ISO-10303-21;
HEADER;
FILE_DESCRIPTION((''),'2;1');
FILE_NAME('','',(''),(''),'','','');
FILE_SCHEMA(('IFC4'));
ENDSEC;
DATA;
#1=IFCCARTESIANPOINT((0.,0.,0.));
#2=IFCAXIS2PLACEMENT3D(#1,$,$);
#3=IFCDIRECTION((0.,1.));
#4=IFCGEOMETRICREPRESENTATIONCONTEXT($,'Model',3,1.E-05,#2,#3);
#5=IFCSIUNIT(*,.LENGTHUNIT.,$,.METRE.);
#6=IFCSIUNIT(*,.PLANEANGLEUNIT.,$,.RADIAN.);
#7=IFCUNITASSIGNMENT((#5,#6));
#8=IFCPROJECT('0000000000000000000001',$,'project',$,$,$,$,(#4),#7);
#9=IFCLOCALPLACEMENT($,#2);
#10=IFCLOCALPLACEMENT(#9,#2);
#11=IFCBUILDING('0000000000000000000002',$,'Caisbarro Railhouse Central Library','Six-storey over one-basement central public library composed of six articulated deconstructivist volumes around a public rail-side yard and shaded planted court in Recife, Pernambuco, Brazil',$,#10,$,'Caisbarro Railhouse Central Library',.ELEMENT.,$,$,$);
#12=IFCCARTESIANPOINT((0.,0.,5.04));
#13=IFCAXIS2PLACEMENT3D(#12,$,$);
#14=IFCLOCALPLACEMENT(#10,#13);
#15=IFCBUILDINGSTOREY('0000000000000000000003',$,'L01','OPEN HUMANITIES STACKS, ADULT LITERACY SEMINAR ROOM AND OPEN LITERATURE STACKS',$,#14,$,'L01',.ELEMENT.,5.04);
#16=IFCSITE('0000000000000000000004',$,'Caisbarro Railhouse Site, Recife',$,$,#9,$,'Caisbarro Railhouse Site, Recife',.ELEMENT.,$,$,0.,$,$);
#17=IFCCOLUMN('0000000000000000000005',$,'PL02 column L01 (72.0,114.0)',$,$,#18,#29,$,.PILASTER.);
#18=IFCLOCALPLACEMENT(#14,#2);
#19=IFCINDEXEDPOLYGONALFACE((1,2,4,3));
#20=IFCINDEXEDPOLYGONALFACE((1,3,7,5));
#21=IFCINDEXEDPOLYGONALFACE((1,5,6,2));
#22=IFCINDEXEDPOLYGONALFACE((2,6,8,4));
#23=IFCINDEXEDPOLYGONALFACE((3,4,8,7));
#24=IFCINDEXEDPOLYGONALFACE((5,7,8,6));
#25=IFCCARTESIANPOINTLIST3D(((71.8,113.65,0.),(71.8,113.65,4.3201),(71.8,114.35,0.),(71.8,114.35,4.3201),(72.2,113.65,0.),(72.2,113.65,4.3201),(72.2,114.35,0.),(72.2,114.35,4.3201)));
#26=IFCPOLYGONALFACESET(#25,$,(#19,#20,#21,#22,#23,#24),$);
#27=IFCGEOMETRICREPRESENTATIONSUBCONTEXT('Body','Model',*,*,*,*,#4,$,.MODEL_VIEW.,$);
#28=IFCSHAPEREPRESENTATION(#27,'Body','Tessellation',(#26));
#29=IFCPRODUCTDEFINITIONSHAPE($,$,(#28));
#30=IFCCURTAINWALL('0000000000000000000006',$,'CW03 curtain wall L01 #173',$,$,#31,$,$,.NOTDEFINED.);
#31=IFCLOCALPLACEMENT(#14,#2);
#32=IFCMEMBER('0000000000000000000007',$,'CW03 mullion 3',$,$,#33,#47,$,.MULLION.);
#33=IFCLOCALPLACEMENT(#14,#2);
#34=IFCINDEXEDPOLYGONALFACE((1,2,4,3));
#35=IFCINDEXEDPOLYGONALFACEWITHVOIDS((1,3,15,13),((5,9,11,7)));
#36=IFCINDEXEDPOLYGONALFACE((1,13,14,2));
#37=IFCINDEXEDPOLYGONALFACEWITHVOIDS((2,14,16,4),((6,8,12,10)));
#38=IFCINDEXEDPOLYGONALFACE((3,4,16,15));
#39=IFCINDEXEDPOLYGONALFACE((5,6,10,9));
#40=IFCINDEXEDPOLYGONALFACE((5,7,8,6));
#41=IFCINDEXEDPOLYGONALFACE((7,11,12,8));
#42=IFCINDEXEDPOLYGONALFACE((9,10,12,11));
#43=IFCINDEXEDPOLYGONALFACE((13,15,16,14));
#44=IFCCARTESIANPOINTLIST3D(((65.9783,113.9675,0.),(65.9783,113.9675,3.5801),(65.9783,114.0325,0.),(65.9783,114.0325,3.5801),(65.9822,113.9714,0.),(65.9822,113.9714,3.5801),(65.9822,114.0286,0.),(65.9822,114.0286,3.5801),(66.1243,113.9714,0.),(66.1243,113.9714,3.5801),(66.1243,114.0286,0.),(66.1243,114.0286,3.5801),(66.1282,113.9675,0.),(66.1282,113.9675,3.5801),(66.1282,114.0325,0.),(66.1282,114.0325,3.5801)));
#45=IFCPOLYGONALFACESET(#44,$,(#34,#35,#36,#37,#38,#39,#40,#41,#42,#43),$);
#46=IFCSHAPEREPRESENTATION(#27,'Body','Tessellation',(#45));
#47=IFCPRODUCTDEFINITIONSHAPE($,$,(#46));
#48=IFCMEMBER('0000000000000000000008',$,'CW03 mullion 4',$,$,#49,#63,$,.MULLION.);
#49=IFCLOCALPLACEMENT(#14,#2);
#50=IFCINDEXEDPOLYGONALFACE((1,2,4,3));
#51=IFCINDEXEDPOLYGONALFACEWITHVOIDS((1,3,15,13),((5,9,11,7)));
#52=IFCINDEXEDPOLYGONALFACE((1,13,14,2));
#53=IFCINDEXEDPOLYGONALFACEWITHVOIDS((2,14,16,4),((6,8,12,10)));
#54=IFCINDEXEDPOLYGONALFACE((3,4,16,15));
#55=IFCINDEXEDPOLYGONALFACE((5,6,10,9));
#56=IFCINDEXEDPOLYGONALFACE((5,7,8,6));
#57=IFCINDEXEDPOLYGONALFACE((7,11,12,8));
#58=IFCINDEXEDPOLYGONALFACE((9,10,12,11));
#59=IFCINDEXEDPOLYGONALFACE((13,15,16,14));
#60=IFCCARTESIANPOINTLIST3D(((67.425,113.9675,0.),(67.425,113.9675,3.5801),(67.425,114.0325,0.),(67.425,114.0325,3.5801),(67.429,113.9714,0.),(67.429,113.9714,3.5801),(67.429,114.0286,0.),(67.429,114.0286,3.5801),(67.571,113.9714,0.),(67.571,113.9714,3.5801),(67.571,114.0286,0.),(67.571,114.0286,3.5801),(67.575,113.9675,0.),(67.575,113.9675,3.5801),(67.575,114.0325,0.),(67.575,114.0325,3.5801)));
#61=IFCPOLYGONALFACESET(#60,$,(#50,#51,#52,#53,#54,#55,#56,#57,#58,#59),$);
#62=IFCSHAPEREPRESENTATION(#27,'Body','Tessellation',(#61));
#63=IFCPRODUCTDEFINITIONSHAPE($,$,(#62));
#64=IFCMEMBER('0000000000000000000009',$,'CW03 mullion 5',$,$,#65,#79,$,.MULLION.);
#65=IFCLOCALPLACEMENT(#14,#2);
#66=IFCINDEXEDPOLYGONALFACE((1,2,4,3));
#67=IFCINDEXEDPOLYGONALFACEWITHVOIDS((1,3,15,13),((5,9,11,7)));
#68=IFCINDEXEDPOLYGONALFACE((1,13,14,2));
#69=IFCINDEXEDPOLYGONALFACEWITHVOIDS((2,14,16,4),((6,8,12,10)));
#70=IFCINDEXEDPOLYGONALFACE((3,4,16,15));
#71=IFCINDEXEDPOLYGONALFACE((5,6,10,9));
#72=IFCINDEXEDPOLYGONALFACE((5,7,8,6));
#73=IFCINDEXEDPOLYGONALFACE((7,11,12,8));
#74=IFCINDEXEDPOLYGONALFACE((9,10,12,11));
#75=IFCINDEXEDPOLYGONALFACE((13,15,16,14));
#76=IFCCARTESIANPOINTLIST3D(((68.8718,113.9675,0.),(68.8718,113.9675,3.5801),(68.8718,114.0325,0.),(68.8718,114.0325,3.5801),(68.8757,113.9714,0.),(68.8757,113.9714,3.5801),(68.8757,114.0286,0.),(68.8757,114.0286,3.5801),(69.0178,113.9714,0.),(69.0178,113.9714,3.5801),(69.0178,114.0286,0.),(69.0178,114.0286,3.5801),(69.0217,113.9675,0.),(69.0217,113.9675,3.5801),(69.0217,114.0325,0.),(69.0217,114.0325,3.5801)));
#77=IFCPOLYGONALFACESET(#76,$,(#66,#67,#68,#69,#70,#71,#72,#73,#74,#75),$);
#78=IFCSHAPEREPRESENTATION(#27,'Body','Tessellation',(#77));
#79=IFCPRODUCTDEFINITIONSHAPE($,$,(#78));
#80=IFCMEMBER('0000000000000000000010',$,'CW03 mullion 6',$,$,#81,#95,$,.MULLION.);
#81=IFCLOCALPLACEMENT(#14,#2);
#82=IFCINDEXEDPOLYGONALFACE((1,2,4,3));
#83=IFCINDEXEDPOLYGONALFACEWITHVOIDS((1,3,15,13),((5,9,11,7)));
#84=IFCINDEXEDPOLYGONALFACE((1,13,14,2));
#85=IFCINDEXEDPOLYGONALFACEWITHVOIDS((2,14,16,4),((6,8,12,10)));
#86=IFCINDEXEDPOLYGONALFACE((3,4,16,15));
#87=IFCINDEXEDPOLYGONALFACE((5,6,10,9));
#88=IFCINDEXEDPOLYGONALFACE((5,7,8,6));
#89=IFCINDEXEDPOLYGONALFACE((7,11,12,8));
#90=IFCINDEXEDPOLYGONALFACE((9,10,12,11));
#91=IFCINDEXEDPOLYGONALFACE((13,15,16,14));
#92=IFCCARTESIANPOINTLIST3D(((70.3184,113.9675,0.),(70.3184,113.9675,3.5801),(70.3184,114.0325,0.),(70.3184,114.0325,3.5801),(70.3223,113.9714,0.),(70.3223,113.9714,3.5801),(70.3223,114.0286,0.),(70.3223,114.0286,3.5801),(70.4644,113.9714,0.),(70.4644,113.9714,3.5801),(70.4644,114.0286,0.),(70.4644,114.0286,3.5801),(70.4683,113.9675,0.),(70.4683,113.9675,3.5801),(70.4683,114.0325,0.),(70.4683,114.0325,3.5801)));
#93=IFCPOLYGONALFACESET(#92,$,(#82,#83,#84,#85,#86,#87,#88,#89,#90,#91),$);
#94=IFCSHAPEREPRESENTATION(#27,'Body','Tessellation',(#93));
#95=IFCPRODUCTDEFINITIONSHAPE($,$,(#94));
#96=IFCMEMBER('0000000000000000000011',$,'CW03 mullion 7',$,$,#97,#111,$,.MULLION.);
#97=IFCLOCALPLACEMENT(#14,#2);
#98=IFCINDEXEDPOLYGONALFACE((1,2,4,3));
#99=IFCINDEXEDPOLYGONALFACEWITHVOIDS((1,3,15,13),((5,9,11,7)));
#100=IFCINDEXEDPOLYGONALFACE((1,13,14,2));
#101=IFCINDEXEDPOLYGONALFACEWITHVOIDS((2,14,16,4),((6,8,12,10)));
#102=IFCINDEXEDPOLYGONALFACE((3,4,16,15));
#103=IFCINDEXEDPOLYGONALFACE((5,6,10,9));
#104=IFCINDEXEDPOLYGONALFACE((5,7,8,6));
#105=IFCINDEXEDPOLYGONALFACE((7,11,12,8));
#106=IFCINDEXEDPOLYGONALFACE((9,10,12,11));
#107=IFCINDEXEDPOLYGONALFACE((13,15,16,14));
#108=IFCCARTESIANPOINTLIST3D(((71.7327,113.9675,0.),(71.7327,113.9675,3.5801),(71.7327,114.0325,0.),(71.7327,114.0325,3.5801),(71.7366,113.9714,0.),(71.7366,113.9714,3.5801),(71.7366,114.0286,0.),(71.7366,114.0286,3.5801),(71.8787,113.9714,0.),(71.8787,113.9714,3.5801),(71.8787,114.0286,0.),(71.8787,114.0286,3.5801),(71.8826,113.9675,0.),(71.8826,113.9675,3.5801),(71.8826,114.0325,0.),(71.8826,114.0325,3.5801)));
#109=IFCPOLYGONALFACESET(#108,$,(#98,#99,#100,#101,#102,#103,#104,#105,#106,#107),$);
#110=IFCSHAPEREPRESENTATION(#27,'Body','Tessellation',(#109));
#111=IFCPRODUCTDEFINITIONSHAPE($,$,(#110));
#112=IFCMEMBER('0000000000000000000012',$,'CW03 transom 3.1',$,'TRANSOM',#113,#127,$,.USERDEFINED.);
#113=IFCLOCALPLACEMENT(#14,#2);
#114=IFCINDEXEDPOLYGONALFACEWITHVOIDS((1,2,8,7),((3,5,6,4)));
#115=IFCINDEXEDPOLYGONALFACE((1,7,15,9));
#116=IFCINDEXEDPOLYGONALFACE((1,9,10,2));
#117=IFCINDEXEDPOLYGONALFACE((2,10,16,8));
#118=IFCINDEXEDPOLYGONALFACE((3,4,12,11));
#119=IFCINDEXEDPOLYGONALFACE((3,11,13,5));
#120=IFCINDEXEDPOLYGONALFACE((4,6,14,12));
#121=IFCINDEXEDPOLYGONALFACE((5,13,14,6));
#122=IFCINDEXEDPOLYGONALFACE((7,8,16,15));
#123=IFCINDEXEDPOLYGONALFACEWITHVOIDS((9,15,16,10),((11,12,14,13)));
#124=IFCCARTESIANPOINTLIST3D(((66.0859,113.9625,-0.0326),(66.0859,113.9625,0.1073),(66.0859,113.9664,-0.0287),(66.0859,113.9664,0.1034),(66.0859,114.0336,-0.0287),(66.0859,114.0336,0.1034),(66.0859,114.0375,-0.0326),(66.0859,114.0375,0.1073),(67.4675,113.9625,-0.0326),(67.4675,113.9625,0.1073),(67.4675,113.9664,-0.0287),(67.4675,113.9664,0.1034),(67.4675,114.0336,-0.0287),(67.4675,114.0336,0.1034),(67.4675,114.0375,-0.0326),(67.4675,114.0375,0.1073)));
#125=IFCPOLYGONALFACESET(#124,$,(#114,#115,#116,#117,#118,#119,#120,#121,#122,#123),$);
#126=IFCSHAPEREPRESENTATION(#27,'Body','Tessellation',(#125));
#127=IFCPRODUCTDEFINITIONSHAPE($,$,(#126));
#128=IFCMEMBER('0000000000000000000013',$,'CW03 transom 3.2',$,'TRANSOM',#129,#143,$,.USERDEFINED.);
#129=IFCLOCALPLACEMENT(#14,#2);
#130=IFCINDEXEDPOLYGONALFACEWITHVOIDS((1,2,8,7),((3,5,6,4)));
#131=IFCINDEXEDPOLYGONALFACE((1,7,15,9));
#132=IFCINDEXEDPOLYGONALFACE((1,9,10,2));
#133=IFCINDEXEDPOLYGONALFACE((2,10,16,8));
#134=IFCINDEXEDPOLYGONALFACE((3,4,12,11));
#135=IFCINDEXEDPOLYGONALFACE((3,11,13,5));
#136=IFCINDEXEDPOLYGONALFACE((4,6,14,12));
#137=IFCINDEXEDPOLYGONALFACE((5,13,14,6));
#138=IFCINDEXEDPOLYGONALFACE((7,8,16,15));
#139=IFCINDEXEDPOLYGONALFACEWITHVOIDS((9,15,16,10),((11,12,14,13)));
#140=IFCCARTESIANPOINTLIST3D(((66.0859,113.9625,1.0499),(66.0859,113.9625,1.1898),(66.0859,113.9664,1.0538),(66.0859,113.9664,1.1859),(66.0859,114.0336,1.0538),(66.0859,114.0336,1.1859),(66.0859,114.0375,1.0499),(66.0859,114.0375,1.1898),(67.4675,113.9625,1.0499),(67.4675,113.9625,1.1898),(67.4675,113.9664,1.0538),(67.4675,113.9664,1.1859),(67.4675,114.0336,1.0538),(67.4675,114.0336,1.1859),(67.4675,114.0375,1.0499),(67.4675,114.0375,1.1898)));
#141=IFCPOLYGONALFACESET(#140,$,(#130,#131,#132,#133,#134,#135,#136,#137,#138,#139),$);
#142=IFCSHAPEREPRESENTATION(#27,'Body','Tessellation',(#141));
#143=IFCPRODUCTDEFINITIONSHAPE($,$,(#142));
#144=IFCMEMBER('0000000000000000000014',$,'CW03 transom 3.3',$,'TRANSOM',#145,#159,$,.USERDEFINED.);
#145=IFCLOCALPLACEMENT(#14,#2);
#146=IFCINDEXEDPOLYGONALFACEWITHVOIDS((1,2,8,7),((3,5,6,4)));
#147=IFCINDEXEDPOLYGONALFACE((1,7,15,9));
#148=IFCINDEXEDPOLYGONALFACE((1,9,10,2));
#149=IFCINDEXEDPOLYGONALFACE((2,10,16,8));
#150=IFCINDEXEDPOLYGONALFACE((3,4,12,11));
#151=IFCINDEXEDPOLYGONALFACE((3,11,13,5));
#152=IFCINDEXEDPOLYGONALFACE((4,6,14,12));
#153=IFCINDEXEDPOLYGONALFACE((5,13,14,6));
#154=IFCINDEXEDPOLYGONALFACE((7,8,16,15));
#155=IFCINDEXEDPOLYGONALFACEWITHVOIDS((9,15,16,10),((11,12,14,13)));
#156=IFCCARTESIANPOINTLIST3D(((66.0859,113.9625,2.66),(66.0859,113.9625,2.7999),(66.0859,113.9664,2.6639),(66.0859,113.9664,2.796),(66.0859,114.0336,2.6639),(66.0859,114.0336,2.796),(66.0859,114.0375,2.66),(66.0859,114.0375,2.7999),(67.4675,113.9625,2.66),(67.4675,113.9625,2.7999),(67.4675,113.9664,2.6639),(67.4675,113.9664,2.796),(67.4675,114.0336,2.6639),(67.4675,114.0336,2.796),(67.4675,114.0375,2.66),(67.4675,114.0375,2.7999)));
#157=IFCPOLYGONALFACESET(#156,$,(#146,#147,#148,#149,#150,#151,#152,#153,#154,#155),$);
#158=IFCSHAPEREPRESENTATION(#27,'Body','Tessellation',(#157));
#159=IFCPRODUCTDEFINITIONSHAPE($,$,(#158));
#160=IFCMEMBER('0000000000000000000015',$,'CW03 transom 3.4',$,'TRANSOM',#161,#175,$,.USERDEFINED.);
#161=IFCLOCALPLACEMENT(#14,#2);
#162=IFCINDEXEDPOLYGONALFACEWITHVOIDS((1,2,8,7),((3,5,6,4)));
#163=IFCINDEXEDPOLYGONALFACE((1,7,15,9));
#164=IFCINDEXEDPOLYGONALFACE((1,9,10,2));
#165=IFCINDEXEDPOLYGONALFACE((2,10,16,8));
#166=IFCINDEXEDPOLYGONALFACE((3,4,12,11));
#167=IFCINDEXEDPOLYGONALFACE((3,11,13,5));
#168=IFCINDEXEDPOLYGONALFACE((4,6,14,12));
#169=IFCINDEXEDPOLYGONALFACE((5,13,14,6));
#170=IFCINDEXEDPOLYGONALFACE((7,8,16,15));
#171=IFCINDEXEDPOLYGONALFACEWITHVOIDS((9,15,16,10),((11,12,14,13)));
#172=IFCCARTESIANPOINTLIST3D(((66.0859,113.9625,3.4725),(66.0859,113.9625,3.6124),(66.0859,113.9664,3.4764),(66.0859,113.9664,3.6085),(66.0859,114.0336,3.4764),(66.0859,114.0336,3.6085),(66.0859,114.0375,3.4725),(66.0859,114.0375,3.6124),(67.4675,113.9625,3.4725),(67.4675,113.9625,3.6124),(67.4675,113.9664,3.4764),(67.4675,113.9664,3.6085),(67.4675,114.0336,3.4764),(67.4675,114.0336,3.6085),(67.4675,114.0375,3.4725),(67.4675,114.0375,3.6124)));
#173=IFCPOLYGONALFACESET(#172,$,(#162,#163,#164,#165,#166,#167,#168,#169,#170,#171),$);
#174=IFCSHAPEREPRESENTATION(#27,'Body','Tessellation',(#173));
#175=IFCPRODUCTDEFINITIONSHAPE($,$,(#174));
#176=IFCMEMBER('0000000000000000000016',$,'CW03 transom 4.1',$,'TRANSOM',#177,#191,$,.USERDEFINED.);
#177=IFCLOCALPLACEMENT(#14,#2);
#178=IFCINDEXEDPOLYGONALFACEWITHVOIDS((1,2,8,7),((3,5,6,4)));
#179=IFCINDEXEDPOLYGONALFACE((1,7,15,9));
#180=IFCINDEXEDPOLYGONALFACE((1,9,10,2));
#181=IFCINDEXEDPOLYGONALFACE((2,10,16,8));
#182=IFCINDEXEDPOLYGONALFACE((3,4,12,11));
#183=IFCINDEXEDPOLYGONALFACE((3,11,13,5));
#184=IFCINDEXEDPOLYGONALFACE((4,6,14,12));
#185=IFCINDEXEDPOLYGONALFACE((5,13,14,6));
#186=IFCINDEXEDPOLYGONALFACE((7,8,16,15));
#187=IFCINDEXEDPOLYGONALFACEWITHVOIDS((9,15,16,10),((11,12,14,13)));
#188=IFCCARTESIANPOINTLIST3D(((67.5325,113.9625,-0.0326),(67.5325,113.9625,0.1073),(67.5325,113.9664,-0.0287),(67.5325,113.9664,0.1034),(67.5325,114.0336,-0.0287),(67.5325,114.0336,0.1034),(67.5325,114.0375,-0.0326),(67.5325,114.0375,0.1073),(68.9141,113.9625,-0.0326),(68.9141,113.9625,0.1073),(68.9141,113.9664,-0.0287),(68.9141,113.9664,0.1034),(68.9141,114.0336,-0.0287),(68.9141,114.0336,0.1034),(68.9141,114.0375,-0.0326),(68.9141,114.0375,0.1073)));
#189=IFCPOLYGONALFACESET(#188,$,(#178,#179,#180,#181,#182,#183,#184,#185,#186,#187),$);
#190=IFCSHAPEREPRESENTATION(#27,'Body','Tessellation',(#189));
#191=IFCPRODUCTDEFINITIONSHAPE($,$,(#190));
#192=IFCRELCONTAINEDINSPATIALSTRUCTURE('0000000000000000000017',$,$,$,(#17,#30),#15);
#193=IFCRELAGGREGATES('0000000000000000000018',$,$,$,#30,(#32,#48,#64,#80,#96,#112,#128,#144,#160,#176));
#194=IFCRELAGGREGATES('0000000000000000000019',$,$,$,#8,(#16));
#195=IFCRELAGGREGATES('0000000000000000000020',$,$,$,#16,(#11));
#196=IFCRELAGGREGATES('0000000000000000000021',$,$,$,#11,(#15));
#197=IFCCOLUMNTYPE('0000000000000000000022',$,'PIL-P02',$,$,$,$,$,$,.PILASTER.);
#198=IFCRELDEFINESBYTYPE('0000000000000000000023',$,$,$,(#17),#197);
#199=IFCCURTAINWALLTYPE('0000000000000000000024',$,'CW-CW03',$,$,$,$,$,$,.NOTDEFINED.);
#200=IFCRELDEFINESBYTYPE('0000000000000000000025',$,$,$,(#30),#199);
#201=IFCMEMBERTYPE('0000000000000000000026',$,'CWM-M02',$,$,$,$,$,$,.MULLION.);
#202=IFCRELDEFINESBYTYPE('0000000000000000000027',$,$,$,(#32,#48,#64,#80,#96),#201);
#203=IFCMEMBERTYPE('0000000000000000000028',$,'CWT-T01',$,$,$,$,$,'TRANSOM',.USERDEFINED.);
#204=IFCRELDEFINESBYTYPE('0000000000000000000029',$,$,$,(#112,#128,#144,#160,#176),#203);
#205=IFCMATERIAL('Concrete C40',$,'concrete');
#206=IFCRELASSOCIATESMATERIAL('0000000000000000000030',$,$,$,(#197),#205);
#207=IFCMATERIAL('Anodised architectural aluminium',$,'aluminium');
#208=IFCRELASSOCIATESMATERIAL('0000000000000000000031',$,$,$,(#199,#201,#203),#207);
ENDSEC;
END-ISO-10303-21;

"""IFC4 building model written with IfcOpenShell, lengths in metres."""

from ifc_helpers import new_model, si_unit, direction, frame, origin, origin_2d, place, context, subcontext, project, spatial, rectangle, hollow_rectangle, extrude, material, material_profile, profile_set, type_object, element, aggregate, save


model = new_model("IFC4")

# Units and contexts
model_context = context("Model", 3, precision=1e-05, world=origin(), true_north=direction((0.0, 1.0)))
body_context = subcontext(model_context, "Body", "Model", "MODEL_VIEW")
ifc_project = project(units=[si_unit("LENGTHUNIT", "METRE"), si_unit("PLANEANGLEUNIT", "RADIAN")], contexts=[model_context])

# Site, building, storey
site_placement = place(None, origin())
site = spatial("IfcSite", under=ifc_project, at=site_placement, Name="Caisbarro Railhouse Site, Recife", LongName="Caisbarro Railhouse Site, Recife", CompositionType="ELEMENT", RefElevation=0.0)
building_placement = place(site_placement, origin())
building = spatial("IfcBuilding", under=site, at=building_placement, Name="Caisbarro Railhouse Central Library", Description="Six-storey over one-basement central public library composed of six articulated deconstructivist volumes around a public rail-side yard and shaded planted court in Recife, Pernambuco, Brazil", LongName="Caisbarro Railhouse Central Library", CompositionType="ELEMENT")
storey_placement = place(building_placement, frame((0.0, 0.0, 5.04)))
storey = spatial("IfcBuildingStorey", under=building, at=storey_placement, Name="L01", Description="OPEN HUMANITIES STACKS, ADULT LITERACY SEMINAR ROOM AND OPEN LITERATURE STACKS", LongName="L01", CompositionType="ELEMENT", Elevation=5.04)

# Column
ifc_material_1 = material(Name="Concrete C40", Category="concrete")
ifc_material_profile_1 = material_profile(ifc_material_1, rectangle(XDim=0.3999, YDim=0.7, at=origin_2d()), Name="RC-PIL-400X700")
ifc_profile_set_1 = profile_set([ifc_material_profile_1], Name="Concrete C40")
column_type = type_object("IfcColumnType", Name="PIL-P02", PredefinedType="PILASTER", material=ifc_profile_set_1)
column_placement = place(storey_placement, frame((72.0, 114.0, 0.0), z_axis=(0.0, 0.0, 1.0), x_axis=(1.0, 0.0, 0.0)))
element("IfcColumn", 1, at=column_placement, inside=storey, type_object=column_type, Name="PL02 column L01 (72.0,114.0)", PredefinedType="PILASTER", context=body_context, shape_type="SweptSolid", body=[
    extrude(rectangle(XDim=0.3999, YDim=0.7, at=origin_2d()), origin(), (0.0, 0.0, 1.0), 4.3201),
])

# Curtain wall, members
ifc_material_2 = material(Name="Anodised architectural aluminium", Category="aluminium")
curtain_wall_type = type_object("IfcCurtainWallType", Name="CW-CW03", PredefinedType="NOTDEFINED", material=ifc_material_2)
curtain_wall_placement = place(storey_placement, origin())
curtain_wall = element("IfcCurtainWall", 2, at=curtain_wall_placement, inside=storey, type_object=curtain_wall_type, Name="CW03 curtain wall L01 #173", PredefinedType="NOTDEFINED")
ifc_material_profile_2 = material_profile(ifc_material_2, hollow_rectangle(XDim=0.0649, YDim=0.1499, WallThickness=0.0039, at=origin_2d()), Name="ALU-MUL-65X150")
ifc_profile_set_2 = profile_set([ifc_material_profile_2], Name="Anodised architectural aluminium")
member_type_1 = type_object("IfcMemberType", Name="CWM-M02", PredefinedType="MULLION", material=ifc_profile_set_2)
member_1_placement = place(storey_placement, frame((66.0532, 114.0, 0.0), z_axis=(0.0, 0.0, 1.0), x_axis=(0.0, 1.0, 0.0)))
member_1 = element("IfcMember", 3, at=member_1_placement, type_object=member_type_1, Name="CW03 mullion 3", PredefinedType="MULLION", context=body_context, shape_type="SweptSolid", body=[
    extrude(hollow_rectangle(XDim=0.0649, YDim=0.1499, WallThickness=0.0039, at=origin_2d()), origin(), (0.0, 0.0, 1.0), 3.5801),
])
member_2_placement = place(storey_placement, frame((67.5, 114.0, 0.0), z_axis=(0.0, 0.0, 1.0), x_axis=(0.0, 1.0, 0.0)))
member_2 = element("IfcMember", 4, at=member_2_placement, type_object=member_type_1, Name="CW03 mullion 4", PredefinedType="MULLION", context=body_context, shape_type="SweptSolid", body=[
    extrude(hollow_rectangle(XDim=0.0649, YDim=0.1499, WallThickness=0.0039, at=origin_2d()), origin(), (0.0, 0.0, 1.0), 3.5801),
])
member_3_placement = place(storey_placement, frame((68.9468, 114.0, 0.0), z_axis=(0.0, 0.0, 1.0), x_axis=(0.0, 1.0, 0.0)))
member_3 = element("IfcMember", 5, at=member_3_placement, type_object=member_type_1, Name="CW03 mullion 5", PredefinedType="MULLION", context=body_context, shape_type="SweptSolid", body=[
    extrude(hollow_rectangle(XDim=0.0649, YDim=0.1499, WallThickness=0.0039, at=origin_2d()), origin(), (0.0, 0.0, 1.0), 3.5801),
])
member_4_placement = place(storey_placement, frame((70.3933, 114.0, 0.0), z_axis=(0.0, 0.0, 1.0), x_axis=(0.0, 1.0, 0.0)))
member_4 = element("IfcMember", 6, at=member_4_placement, type_object=member_type_1, Name="CW03 mullion 6", PredefinedType="MULLION", context=body_context, shape_type="SweptSolid", body=[
    extrude(hollow_rectangle(XDim=0.0649, YDim=0.1499, WallThickness=0.0039, at=origin_2d()), origin(), (0.0, 0.0, 1.0), 3.5801),
])
member_5_placement = place(storey_placement, frame((71.8076, 114.0, 0.0), z_axis=(0.0, 0.0, 1.0), x_axis=(0.0, 1.0, 0.0)))
member_5 = element("IfcMember", 7, at=member_5_placement, type_object=member_type_1, Name="CW03 mullion 7", PredefinedType="MULLION", context=body_context, shape_type="SweptSolid", body=[
    extrude(hollow_rectangle(XDim=0.0649, YDim=0.1499, WallThickness=0.0039, at=origin_2d()), origin(), (0.0, 0.0, 1.0), 3.5801),
])
ifc_material_profile_3 = material_profile(ifc_material_2, hollow_rectangle(XDim=0.075, YDim=0.1399, WallThickness=0.0039, at=origin_2d()), Name="ALU-TRN-75X140")
ifc_profile_set_3 = profile_set([ifc_material_profile_3], Name="Anodised architectural aluminium")
member_type_2 = type_object("IfcMemberType", Name="CWT-T01", ElementType="TRANSOM", PredefinedType="USERDEFINED", material=ifc_profile_set_3)
member_6_placement = place(storey_placement, frame((66.0859, 114.0, 0.0374), z_axis=(1.0, 0.0, 0.0), x_axis=(0.0, 1.0, 0.0)))
member_6 = element("IfcMember", 8, at=member_6_placement, type_object=member_type_2, Name="CW03 transom 3.1", ObjectType="TRANSOM", PredefinedType="USERDEFINED", context=body_context, shape_type="SweptSolid", body=[
    extrude(hollow_rectangle(XDim=0.075, YDim=0.1399, WallThickness=0.0039, at=origin_2d()), origin(), (0.0, 0.0, 1.0), 1.3816),
])
member_7_placement = place(storey_placement, frame((66.0859, 114.0, 1.1199), z_axis=(1.0, 0.0, 0.0), x_axis=(0.0, 1.0, 0.0)))
member_7 = element("IfcMember", 9, at=member_7_placement, type_object=member_type_2, Name="CW03 transom 3.2", ObjectType="TRANSOM", PredefinedType="USERDEFINED", context=body_context, shape_type="SweptSolid", body=[
    extrude(hollow_rectangle(XDim=0.075, YDim=0.1399, WallThickness=0.0039, at=origin_2d()), origin(), (0.0, 0.0, 1.0), 1.3816),
])
member_8_placement = place(storey_placement, frame((66.0859, 114.0, 2.73), z_axis=(1.0, 0.0, 0.0), x_axis=(0.0, 1.0, 0.0)))
member_8 = element("IfcMember", 10, at=member_8_placement, type_object=member_type_2, Name="CW03 transom 3.3", ObjectType="TRANSOM", PredefinedType="USERDEFINED", context=body_context, shape_type="SweptSolid", body=[
    extrude(hollow_rectangle(XDim=0.075, YDim=0.1399, WallThickness=0.0039, at=origin_2d()), origin(), (0.0, 0.0, 1.0), 1.3816),
])
member_9_placement = place(storey_placement, frame((66.0859, 114.0, 3.5425), z_axis=(1.0, 0.0, 0.0), x_axis=(0.0, 1.0, 0.0)))
member_9 = element("IfcMember", 11, at=member_9_placement, type_object=member_type_2, Name="CW03 transom 3.4", ObjectType="TRANSOM", PredefinedType="USERDEFINED", context=body_context, shape_type="SweptSolid", body=[
    extrude(hollow_rectangle(XDim=0.075, YDim=0.1399, WallThickness=0.0039, at=origin_2d()), origin(), (0.0, 0.0, 1.0), 1.3816),
])
member_10_placement = place(storey_placement, frame((67.5325, 114.0, 0.0374), z_axis=(1.0, 0.0, 0.0), x_axis=(0.0, 1.0, 0.0)))
member_10 = element("IfcMember", 12, at=member_10_placement, type_object=member_type_2, Name="CW03 transom 4.1", ObjectType="TRANSOM", PredefinedType="USERDEFINED", context=body_context, shape_type="SweptSolid", body=[
    extrude(hollow_rectangle(XDim=0.075, YDim=0.1399, WallThickness=0.0039, at=origin_2d()), origin(), (0.0, 0.0, 1.0), 1.3816),
])
aggregate(curtain_wall, [member_1, member_2, member_3, member_4, member_5, member_6, member_7, member_8, member_9, member_10])

save(model, "model.ifc")
